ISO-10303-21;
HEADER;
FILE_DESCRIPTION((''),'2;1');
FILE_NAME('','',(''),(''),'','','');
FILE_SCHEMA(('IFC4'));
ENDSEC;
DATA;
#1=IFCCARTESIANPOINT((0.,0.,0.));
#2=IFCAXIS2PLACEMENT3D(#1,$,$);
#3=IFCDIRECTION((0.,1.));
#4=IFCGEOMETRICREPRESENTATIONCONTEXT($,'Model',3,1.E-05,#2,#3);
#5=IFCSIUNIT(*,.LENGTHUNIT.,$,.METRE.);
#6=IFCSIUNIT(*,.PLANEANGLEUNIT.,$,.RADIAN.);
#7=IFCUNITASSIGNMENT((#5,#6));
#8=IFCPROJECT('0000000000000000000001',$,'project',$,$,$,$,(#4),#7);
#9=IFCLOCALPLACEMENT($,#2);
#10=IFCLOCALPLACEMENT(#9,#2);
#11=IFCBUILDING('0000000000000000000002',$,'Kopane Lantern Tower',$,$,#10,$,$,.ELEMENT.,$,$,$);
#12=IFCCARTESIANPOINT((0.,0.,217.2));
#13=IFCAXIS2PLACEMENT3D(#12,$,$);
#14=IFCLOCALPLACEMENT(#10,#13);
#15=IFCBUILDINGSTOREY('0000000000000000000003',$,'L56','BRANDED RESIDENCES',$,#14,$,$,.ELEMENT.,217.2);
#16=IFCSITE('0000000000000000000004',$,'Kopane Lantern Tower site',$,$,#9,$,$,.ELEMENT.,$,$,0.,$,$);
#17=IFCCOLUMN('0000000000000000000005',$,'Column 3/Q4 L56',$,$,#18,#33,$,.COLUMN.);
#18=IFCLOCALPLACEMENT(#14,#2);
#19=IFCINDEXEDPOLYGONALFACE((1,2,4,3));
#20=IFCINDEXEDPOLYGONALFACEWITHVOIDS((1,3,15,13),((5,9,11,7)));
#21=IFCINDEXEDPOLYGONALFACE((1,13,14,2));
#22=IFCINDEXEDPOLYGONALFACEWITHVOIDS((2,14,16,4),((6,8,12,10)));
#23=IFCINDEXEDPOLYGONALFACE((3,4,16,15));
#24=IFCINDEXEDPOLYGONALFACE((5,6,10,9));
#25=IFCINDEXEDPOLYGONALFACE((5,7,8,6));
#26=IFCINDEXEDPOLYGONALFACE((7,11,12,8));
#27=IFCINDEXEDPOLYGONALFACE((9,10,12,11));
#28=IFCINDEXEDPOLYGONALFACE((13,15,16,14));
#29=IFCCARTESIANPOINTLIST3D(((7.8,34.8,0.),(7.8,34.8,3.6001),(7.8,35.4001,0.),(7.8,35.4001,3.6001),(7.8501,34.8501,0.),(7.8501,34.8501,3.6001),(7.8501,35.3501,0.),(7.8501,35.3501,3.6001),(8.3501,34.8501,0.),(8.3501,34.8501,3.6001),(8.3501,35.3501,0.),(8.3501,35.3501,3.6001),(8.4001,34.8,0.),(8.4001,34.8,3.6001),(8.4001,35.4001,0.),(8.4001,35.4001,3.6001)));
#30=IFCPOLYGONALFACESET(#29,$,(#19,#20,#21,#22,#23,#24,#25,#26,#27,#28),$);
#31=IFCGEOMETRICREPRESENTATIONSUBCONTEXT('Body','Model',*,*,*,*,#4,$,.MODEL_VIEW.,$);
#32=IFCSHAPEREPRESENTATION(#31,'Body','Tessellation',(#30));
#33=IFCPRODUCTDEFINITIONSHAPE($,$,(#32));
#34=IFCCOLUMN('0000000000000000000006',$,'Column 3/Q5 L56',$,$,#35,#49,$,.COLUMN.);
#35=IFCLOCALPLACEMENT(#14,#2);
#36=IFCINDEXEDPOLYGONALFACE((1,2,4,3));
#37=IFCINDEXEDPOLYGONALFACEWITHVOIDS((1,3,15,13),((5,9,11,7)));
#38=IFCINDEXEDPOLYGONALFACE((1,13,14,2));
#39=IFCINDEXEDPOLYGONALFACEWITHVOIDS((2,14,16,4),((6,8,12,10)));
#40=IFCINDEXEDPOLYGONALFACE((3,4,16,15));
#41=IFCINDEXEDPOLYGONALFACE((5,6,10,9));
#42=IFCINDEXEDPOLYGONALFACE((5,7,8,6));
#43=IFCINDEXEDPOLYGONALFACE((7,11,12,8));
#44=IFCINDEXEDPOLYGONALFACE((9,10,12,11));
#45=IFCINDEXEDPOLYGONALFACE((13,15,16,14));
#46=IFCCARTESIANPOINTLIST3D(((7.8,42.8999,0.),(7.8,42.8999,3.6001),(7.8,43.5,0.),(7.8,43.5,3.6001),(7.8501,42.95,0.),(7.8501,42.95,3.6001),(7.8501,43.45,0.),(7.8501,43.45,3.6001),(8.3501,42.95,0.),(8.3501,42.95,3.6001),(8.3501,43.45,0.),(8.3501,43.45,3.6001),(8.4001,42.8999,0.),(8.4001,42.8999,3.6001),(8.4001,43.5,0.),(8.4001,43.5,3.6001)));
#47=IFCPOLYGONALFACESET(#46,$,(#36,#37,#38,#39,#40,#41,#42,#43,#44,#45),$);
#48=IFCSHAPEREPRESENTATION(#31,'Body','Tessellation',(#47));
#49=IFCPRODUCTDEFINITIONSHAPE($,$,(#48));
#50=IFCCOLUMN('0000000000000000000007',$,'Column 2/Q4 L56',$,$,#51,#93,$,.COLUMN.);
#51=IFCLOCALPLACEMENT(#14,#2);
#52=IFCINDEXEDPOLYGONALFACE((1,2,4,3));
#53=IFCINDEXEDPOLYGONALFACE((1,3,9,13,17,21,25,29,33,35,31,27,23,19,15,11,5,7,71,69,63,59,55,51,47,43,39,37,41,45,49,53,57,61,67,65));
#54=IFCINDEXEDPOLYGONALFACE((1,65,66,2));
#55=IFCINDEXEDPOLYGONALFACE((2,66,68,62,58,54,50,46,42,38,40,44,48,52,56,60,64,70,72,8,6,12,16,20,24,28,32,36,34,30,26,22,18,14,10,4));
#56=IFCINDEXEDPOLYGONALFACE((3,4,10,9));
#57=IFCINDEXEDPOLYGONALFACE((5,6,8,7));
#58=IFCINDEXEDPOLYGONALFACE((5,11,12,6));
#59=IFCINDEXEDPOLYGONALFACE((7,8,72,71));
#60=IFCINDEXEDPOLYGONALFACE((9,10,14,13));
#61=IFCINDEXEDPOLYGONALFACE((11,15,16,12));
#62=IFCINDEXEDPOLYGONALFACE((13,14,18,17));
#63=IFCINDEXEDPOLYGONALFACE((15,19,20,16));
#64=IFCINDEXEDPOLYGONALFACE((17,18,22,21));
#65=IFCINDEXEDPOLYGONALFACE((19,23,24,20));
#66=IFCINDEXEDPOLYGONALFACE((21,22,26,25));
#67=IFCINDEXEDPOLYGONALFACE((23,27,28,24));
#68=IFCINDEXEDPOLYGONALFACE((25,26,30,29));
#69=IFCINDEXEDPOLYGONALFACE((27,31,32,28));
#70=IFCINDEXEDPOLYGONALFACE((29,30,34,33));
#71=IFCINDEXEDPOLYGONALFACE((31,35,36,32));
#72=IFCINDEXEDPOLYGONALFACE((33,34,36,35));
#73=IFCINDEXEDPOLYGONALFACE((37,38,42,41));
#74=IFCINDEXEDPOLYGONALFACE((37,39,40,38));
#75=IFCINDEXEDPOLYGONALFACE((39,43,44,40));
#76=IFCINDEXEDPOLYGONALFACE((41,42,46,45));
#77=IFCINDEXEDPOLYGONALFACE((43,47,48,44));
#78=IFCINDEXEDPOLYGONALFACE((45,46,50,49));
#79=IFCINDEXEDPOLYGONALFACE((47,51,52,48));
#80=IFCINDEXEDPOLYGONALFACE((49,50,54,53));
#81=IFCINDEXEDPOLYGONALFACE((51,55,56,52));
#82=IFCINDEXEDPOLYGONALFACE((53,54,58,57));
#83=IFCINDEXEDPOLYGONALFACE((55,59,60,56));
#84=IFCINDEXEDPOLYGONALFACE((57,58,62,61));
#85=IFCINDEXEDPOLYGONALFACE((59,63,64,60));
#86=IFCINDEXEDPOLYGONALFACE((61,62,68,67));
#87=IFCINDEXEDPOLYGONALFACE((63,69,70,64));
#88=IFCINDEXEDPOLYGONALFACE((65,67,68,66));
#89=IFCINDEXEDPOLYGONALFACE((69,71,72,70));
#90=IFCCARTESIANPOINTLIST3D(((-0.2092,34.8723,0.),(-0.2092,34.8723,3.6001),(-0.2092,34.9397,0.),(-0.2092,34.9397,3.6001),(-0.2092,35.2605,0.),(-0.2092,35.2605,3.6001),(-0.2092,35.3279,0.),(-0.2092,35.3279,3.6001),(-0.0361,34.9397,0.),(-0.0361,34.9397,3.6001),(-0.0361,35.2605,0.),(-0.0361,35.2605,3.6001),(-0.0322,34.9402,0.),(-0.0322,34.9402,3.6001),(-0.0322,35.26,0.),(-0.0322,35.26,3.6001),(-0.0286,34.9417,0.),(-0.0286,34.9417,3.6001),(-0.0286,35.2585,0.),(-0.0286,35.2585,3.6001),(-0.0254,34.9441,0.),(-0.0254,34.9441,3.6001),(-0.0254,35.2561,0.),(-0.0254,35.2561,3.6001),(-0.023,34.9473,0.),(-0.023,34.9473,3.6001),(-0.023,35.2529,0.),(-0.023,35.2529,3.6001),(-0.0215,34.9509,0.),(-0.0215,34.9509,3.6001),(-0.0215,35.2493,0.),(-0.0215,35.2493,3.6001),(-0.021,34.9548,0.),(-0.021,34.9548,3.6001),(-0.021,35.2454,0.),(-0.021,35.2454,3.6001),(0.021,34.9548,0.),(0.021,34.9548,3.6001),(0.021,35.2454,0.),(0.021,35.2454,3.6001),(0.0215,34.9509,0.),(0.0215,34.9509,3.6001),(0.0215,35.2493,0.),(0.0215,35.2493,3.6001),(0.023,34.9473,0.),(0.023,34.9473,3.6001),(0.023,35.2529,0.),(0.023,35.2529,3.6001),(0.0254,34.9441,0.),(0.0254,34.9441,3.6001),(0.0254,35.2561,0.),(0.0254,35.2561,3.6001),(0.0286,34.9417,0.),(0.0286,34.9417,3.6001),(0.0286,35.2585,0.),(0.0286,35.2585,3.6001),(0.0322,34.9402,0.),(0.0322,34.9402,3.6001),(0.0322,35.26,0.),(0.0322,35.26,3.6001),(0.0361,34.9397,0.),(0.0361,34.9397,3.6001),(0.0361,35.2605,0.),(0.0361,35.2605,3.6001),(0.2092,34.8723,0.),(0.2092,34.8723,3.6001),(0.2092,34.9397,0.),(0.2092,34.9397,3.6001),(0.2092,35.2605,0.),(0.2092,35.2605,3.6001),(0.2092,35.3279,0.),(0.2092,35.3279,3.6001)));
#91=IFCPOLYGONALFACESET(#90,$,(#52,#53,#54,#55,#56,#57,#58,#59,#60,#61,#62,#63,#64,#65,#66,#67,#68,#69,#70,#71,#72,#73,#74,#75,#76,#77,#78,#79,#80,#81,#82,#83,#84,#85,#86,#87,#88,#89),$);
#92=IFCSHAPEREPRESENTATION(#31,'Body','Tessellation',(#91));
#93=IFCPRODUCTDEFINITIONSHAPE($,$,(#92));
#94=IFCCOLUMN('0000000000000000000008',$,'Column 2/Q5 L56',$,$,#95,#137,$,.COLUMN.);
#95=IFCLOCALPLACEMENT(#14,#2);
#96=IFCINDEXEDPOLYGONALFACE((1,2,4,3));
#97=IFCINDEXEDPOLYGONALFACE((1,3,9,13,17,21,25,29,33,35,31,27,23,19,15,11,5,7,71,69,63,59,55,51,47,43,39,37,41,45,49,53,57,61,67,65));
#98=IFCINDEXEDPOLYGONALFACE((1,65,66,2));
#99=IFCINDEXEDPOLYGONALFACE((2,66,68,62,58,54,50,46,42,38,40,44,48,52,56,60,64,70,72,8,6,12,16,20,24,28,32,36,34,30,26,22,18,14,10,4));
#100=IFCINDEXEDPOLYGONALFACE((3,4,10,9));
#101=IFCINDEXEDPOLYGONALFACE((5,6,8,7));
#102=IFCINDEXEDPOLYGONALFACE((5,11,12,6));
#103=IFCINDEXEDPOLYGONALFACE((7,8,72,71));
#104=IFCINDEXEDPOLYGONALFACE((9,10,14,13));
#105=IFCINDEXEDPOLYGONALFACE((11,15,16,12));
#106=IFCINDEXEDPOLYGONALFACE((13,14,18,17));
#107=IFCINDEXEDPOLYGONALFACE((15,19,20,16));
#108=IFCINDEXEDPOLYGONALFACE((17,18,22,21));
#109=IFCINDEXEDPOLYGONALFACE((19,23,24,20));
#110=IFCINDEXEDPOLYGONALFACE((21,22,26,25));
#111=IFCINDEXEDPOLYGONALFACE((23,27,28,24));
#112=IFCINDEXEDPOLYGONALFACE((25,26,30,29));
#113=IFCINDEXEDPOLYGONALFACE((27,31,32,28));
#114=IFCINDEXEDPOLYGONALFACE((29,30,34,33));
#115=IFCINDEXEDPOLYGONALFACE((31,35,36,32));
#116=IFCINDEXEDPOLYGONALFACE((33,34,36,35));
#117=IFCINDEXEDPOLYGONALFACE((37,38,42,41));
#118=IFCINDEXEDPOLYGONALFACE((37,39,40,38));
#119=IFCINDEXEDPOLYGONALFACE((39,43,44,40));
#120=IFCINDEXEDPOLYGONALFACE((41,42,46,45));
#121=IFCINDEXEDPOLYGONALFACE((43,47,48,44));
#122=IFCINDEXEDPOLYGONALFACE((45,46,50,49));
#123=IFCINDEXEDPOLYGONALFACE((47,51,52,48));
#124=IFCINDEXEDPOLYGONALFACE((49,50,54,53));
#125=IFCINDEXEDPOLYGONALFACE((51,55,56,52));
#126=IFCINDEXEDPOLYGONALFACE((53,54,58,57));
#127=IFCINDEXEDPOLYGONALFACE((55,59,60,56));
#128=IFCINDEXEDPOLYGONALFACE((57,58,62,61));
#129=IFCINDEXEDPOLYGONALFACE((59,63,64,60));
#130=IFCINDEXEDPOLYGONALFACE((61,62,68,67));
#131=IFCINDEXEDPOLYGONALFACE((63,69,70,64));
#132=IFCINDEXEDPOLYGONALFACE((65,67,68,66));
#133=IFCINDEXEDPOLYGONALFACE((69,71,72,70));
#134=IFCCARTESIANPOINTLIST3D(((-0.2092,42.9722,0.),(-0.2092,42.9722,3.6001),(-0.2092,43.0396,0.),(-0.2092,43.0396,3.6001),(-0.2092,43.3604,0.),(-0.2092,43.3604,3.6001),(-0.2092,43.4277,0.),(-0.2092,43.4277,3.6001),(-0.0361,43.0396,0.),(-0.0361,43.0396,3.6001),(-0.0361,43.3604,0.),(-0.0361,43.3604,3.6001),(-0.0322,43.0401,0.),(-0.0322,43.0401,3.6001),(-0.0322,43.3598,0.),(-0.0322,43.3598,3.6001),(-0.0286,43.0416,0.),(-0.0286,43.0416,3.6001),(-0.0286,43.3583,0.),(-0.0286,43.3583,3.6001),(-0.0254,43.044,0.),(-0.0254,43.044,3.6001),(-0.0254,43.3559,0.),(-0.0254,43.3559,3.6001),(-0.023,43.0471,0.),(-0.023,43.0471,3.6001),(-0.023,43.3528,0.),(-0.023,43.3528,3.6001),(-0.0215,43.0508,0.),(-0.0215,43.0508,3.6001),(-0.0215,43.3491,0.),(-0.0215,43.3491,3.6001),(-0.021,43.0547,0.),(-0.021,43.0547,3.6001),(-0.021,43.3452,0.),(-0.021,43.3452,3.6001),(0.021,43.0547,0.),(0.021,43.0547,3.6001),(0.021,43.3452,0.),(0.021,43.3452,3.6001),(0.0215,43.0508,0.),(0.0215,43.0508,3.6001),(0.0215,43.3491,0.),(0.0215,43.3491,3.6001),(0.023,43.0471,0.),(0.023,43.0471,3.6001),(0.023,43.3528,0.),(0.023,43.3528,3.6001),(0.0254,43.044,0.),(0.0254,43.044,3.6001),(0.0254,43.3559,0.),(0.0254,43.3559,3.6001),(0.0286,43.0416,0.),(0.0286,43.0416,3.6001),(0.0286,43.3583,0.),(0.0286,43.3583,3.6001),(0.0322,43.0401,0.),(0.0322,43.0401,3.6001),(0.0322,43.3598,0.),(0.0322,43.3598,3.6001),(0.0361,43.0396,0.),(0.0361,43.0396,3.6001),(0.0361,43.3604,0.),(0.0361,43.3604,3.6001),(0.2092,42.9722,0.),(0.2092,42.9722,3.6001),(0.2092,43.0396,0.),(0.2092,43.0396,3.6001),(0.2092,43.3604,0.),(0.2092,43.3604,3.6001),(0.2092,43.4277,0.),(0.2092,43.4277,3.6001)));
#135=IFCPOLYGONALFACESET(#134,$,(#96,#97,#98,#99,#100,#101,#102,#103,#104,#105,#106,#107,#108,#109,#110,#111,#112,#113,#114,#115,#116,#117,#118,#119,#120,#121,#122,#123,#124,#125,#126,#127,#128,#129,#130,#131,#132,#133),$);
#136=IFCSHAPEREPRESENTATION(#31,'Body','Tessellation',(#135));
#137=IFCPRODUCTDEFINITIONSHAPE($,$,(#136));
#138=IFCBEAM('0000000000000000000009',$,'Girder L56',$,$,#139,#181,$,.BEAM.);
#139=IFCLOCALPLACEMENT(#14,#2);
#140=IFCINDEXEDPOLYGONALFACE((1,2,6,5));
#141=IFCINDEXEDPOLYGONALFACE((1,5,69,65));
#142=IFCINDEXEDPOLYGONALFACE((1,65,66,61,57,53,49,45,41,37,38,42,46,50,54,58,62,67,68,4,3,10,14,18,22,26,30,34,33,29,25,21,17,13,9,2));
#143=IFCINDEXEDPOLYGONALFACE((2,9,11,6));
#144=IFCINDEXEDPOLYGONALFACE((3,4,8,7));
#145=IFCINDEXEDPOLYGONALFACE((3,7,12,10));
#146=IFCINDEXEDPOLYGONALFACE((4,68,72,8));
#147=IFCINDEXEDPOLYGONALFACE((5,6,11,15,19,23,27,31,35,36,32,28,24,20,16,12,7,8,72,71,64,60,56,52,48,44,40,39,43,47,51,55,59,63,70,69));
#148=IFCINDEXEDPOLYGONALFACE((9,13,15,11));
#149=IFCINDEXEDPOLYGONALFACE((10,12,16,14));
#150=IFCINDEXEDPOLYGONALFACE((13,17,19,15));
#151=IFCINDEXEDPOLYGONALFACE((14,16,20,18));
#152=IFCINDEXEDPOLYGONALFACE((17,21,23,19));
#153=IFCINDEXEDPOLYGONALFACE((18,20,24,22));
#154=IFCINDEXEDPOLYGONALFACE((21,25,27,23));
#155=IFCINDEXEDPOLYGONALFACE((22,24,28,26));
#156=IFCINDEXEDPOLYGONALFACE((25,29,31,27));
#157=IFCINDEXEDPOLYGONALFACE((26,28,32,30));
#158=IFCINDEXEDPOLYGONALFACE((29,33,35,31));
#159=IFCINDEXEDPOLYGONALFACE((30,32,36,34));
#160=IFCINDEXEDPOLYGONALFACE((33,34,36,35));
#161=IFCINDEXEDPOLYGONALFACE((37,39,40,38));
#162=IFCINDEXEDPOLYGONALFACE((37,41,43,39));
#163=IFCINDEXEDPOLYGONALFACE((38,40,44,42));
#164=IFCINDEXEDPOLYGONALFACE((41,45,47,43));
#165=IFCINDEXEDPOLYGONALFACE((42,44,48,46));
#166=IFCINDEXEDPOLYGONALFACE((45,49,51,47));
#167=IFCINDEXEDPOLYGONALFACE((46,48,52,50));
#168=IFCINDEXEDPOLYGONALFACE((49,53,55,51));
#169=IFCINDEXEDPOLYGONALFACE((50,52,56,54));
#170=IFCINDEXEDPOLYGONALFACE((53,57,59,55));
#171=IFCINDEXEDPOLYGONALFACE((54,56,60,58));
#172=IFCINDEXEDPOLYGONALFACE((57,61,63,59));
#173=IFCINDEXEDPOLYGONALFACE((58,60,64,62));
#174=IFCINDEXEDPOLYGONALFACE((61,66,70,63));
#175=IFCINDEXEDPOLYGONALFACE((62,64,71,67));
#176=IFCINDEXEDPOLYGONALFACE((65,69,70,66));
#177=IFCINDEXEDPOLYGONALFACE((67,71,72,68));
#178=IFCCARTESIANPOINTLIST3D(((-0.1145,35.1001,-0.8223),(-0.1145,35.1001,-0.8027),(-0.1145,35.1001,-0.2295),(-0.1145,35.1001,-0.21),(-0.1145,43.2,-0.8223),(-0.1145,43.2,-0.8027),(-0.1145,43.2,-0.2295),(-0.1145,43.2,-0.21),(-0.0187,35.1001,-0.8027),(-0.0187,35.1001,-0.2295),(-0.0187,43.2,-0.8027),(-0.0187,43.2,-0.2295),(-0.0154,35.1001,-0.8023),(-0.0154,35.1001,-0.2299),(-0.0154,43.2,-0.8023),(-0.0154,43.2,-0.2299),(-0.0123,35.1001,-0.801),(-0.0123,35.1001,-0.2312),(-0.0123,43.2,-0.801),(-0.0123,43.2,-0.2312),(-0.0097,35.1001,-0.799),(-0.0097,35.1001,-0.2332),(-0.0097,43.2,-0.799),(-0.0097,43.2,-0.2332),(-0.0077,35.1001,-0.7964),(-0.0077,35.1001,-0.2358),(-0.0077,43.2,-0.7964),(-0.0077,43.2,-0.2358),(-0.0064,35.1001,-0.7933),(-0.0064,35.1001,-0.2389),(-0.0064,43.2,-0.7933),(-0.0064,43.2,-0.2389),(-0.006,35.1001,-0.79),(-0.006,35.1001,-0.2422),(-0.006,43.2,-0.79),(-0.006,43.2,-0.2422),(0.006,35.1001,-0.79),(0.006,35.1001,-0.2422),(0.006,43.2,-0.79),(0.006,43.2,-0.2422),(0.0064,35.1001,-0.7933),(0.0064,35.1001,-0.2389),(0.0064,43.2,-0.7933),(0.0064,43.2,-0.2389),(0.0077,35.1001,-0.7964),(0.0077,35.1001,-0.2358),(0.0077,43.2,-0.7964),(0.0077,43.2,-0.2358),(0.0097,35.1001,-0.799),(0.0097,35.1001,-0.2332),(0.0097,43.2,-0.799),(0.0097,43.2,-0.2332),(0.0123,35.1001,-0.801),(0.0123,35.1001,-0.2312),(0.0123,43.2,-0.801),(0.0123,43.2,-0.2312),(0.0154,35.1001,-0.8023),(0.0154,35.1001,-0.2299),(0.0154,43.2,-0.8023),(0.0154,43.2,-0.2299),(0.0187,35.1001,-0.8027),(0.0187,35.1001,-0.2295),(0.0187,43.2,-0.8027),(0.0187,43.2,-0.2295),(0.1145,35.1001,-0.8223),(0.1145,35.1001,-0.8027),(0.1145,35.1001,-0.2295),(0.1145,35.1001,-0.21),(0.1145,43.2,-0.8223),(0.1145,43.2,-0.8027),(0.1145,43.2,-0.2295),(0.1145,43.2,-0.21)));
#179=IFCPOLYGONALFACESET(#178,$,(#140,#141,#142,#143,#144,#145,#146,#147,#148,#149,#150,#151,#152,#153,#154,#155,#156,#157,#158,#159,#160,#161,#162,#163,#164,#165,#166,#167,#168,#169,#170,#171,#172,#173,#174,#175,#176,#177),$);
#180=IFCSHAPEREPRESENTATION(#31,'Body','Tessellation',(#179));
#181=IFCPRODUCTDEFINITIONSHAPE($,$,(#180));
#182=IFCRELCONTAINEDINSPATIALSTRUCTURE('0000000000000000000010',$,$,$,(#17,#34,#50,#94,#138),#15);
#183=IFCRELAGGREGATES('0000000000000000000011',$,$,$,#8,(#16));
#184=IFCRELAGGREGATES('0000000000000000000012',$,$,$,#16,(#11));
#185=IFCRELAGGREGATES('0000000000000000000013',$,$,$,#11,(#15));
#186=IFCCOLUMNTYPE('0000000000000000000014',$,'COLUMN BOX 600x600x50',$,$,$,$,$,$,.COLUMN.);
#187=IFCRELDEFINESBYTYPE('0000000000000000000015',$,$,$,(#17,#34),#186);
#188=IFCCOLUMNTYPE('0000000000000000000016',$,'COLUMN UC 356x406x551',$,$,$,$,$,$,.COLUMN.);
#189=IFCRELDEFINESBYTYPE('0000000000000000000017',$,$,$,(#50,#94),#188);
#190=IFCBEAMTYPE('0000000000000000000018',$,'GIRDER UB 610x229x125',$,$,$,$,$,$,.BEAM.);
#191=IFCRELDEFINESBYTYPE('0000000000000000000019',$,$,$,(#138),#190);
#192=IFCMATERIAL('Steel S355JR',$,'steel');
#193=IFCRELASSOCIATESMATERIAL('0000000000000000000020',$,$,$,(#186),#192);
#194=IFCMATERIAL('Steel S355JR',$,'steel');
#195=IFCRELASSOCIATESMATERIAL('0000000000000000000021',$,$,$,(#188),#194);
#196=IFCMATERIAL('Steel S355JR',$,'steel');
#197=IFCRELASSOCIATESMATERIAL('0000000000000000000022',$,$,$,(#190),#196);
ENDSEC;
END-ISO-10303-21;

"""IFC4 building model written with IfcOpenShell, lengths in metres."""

from ifc_helpers import new_model, si_unit, direction, frame, origin, origin_2d, place, context, subcontext, project, spatial, hollow_rectangle, i_section, extrude, material, material_profile, profile_set, type_object, element, save


model = new_model("IFC4")

# Units and contexts
model_context = context("Model", 3, precision=1e-05, world=origin(), true_north=direction((0.0, 1.0)))
body_context = subcontext(model_context, "Body", "Model", "MODEL_VIEW")
ifc_project = project(units=[si_unit("LENGTHUNIT", "METRE"), si_unit("PLANEANGLEUNIT", "RADIAN")], contexts=[model_context])

# Site, building, storey
site_placement = place(None, origin())
site = spatial("IfcSite", under=ifc_project, at=site_placement, Name="Kopane Lantern Tower site", CompositionType="ELEMENT", RefElevation=0.0)
building_placement = place(site_placement, origin())
building = spatial("IfcBuilding", under=site, at=building_placement, Name="Kopane Lantern Tower", CompositionType="ELEMENT")
storey_placement = place(building_placement, frame((0.0, 0.0, 217.2)))
storey = spatial("IfcBuildingStorey", under=building, at=storey_placement, Name="L56", Description="BRANDED RESIDENCES", CompositionType="ELEMENT", Elevation=217.2)

# Columns
ifc_material_1 = material(Name="Steel S355JR", Category="steel")
ifc_material_profile_1 = material_profile(ifc_material_1, hollow_rectangle(XDim=0.6001, YDim=0.6001, WallThickness=0.05, at=origin_2d()), Name="BOX 600x600x50")
ifc_profile_set_1 = profile_set([ifc_material_profile_1], Name="Steel S355JR")
column_type_1 = type_object("IfcColumnType", Name="COLUMN BOX 600x600x50", PredefinedType="COLUMN", material=ifc_profile_set_1)
for number, where, z_axis, x_axis, name in (
    (1, (8.1001, 35.1001, 0.0), (0.0, 0.0, 1.0), (1.0, 0.0, 0.0), "Column 3/Q4 L56"),
    (2, (8.1001, 43.2, 0.0), (0.0, 0.0, 1.0), (1.0, 0.0, 0.0), "Column 3/Q5 L56"),
):
    element("IfcColumn", number, at=place(storey_placement, frame(where, z_axis=z_axis, x_axis=x_axis)), inside=storey, type_object=column_type_1, Name=name, PredefinedType="COLUMN", context=body_context, shape_type="SweptSolid", body=[
        extrude(hollow_rectangle(XDim=0.6001, YDim=0.6001, WallThickness=0.05, at=origin_2d()), origin(), (0.0, 0.0, 1.0), 3.6001),
    ])
ifc_material_2 = material(Name="Steel S355JR", Category="steel")
ifc_material_profile_2 = material_profile(ifc_material_2, i_section(OverallWidth=0.4185, OverallDepth=0.4556, WebThickness=0.042, FlangeThickness=0.0674, FilletRadius=0.0151, at=origin_2d()), Name="UC 356x406x551")
ifc_profile_set_2 = profile_set([ifc_material_profile_2], Name="Steel S355JR")
column_type_2 = type_object("IfcColumnType", Name="COLUMN UC 356x406x551", PredefinedType="COLUMN", material=ifc_profile_set_2)
for number, where, z_axis, x_axis, name in (
    (3, (0.0, 35.1001, 0.0), (0.0, 0.0, 1.0), (1.0, 0.0, 0.0), "Column 2/Q4 L56"),
    (4, (0.0, 43.2, 0.0), (0.0, 0.0, 1.0), (1.0, 0.0, 0.0), "Column 2/Q5 L56"),
):
    element("IfcColumn", number, at=place(storey_placement, frame(where, z_axis=z_axis, x_axis=x_axis)), inside=storey, type_object=column_type_2, Name=name, PredefinedType="COLUMN", context=body_context, shape_type="SweptSolid", body=[
        extrude(i_section(OverallWidth=0.4185, OverallDepth=0.4556, WebThickness=0.042, FlangeThickness=0.0674, FilletRadius=0.0151, at=origin_2d()), origin(), (0.0, 0.0, 1.0), 3.6001),
    ])

# Beam
ifc_material_3 = material(Name="Steel S355JR", Category="steel")
ifc_material_profile_3 = material_profile(ifc_material_3, i_section(OverallWidth=0.229, OverallDepth=0.6123, WebThickness=0.012, FlangeThickness=0.0195, FilletRadius=0.0127, at=origin_2d()), Name="UB 610x229x125")
ifc_profile_set_3 = profile_set([ifc_material_profile_3], Name="Steel S355JR")
beam_type = type_object("IfcBeamType", Name="GIRDER UB 610x229x125", PredefinedType="BEAM", material=ifc_profile_set_3)
beam_1_placement = place(storey_placement, frame((0.0, 35.1001, -0.5161), z_axis=(0.0, 1.0, 0.0), x_axis=(-1.0, 0.0, 0.0)))
element("IfcBeam", 5, at=beam_1_placement, inside=storey, type_object=beam_type, Name="Girder L56", PredefinedType="BEAM", context=body_context, shape_type="SweptSolid", body=[
    extrude(i_section(OverallWidth=0.229, OverallDepth=0.6123, WebThickness=0.012, FlangeThickness=0.0195, FilletRadius=0.0127, at=origin_2d()), origin(), (0.0, 0.0, 1.0), 8.0999),
])

save(model, "model.ifc")
